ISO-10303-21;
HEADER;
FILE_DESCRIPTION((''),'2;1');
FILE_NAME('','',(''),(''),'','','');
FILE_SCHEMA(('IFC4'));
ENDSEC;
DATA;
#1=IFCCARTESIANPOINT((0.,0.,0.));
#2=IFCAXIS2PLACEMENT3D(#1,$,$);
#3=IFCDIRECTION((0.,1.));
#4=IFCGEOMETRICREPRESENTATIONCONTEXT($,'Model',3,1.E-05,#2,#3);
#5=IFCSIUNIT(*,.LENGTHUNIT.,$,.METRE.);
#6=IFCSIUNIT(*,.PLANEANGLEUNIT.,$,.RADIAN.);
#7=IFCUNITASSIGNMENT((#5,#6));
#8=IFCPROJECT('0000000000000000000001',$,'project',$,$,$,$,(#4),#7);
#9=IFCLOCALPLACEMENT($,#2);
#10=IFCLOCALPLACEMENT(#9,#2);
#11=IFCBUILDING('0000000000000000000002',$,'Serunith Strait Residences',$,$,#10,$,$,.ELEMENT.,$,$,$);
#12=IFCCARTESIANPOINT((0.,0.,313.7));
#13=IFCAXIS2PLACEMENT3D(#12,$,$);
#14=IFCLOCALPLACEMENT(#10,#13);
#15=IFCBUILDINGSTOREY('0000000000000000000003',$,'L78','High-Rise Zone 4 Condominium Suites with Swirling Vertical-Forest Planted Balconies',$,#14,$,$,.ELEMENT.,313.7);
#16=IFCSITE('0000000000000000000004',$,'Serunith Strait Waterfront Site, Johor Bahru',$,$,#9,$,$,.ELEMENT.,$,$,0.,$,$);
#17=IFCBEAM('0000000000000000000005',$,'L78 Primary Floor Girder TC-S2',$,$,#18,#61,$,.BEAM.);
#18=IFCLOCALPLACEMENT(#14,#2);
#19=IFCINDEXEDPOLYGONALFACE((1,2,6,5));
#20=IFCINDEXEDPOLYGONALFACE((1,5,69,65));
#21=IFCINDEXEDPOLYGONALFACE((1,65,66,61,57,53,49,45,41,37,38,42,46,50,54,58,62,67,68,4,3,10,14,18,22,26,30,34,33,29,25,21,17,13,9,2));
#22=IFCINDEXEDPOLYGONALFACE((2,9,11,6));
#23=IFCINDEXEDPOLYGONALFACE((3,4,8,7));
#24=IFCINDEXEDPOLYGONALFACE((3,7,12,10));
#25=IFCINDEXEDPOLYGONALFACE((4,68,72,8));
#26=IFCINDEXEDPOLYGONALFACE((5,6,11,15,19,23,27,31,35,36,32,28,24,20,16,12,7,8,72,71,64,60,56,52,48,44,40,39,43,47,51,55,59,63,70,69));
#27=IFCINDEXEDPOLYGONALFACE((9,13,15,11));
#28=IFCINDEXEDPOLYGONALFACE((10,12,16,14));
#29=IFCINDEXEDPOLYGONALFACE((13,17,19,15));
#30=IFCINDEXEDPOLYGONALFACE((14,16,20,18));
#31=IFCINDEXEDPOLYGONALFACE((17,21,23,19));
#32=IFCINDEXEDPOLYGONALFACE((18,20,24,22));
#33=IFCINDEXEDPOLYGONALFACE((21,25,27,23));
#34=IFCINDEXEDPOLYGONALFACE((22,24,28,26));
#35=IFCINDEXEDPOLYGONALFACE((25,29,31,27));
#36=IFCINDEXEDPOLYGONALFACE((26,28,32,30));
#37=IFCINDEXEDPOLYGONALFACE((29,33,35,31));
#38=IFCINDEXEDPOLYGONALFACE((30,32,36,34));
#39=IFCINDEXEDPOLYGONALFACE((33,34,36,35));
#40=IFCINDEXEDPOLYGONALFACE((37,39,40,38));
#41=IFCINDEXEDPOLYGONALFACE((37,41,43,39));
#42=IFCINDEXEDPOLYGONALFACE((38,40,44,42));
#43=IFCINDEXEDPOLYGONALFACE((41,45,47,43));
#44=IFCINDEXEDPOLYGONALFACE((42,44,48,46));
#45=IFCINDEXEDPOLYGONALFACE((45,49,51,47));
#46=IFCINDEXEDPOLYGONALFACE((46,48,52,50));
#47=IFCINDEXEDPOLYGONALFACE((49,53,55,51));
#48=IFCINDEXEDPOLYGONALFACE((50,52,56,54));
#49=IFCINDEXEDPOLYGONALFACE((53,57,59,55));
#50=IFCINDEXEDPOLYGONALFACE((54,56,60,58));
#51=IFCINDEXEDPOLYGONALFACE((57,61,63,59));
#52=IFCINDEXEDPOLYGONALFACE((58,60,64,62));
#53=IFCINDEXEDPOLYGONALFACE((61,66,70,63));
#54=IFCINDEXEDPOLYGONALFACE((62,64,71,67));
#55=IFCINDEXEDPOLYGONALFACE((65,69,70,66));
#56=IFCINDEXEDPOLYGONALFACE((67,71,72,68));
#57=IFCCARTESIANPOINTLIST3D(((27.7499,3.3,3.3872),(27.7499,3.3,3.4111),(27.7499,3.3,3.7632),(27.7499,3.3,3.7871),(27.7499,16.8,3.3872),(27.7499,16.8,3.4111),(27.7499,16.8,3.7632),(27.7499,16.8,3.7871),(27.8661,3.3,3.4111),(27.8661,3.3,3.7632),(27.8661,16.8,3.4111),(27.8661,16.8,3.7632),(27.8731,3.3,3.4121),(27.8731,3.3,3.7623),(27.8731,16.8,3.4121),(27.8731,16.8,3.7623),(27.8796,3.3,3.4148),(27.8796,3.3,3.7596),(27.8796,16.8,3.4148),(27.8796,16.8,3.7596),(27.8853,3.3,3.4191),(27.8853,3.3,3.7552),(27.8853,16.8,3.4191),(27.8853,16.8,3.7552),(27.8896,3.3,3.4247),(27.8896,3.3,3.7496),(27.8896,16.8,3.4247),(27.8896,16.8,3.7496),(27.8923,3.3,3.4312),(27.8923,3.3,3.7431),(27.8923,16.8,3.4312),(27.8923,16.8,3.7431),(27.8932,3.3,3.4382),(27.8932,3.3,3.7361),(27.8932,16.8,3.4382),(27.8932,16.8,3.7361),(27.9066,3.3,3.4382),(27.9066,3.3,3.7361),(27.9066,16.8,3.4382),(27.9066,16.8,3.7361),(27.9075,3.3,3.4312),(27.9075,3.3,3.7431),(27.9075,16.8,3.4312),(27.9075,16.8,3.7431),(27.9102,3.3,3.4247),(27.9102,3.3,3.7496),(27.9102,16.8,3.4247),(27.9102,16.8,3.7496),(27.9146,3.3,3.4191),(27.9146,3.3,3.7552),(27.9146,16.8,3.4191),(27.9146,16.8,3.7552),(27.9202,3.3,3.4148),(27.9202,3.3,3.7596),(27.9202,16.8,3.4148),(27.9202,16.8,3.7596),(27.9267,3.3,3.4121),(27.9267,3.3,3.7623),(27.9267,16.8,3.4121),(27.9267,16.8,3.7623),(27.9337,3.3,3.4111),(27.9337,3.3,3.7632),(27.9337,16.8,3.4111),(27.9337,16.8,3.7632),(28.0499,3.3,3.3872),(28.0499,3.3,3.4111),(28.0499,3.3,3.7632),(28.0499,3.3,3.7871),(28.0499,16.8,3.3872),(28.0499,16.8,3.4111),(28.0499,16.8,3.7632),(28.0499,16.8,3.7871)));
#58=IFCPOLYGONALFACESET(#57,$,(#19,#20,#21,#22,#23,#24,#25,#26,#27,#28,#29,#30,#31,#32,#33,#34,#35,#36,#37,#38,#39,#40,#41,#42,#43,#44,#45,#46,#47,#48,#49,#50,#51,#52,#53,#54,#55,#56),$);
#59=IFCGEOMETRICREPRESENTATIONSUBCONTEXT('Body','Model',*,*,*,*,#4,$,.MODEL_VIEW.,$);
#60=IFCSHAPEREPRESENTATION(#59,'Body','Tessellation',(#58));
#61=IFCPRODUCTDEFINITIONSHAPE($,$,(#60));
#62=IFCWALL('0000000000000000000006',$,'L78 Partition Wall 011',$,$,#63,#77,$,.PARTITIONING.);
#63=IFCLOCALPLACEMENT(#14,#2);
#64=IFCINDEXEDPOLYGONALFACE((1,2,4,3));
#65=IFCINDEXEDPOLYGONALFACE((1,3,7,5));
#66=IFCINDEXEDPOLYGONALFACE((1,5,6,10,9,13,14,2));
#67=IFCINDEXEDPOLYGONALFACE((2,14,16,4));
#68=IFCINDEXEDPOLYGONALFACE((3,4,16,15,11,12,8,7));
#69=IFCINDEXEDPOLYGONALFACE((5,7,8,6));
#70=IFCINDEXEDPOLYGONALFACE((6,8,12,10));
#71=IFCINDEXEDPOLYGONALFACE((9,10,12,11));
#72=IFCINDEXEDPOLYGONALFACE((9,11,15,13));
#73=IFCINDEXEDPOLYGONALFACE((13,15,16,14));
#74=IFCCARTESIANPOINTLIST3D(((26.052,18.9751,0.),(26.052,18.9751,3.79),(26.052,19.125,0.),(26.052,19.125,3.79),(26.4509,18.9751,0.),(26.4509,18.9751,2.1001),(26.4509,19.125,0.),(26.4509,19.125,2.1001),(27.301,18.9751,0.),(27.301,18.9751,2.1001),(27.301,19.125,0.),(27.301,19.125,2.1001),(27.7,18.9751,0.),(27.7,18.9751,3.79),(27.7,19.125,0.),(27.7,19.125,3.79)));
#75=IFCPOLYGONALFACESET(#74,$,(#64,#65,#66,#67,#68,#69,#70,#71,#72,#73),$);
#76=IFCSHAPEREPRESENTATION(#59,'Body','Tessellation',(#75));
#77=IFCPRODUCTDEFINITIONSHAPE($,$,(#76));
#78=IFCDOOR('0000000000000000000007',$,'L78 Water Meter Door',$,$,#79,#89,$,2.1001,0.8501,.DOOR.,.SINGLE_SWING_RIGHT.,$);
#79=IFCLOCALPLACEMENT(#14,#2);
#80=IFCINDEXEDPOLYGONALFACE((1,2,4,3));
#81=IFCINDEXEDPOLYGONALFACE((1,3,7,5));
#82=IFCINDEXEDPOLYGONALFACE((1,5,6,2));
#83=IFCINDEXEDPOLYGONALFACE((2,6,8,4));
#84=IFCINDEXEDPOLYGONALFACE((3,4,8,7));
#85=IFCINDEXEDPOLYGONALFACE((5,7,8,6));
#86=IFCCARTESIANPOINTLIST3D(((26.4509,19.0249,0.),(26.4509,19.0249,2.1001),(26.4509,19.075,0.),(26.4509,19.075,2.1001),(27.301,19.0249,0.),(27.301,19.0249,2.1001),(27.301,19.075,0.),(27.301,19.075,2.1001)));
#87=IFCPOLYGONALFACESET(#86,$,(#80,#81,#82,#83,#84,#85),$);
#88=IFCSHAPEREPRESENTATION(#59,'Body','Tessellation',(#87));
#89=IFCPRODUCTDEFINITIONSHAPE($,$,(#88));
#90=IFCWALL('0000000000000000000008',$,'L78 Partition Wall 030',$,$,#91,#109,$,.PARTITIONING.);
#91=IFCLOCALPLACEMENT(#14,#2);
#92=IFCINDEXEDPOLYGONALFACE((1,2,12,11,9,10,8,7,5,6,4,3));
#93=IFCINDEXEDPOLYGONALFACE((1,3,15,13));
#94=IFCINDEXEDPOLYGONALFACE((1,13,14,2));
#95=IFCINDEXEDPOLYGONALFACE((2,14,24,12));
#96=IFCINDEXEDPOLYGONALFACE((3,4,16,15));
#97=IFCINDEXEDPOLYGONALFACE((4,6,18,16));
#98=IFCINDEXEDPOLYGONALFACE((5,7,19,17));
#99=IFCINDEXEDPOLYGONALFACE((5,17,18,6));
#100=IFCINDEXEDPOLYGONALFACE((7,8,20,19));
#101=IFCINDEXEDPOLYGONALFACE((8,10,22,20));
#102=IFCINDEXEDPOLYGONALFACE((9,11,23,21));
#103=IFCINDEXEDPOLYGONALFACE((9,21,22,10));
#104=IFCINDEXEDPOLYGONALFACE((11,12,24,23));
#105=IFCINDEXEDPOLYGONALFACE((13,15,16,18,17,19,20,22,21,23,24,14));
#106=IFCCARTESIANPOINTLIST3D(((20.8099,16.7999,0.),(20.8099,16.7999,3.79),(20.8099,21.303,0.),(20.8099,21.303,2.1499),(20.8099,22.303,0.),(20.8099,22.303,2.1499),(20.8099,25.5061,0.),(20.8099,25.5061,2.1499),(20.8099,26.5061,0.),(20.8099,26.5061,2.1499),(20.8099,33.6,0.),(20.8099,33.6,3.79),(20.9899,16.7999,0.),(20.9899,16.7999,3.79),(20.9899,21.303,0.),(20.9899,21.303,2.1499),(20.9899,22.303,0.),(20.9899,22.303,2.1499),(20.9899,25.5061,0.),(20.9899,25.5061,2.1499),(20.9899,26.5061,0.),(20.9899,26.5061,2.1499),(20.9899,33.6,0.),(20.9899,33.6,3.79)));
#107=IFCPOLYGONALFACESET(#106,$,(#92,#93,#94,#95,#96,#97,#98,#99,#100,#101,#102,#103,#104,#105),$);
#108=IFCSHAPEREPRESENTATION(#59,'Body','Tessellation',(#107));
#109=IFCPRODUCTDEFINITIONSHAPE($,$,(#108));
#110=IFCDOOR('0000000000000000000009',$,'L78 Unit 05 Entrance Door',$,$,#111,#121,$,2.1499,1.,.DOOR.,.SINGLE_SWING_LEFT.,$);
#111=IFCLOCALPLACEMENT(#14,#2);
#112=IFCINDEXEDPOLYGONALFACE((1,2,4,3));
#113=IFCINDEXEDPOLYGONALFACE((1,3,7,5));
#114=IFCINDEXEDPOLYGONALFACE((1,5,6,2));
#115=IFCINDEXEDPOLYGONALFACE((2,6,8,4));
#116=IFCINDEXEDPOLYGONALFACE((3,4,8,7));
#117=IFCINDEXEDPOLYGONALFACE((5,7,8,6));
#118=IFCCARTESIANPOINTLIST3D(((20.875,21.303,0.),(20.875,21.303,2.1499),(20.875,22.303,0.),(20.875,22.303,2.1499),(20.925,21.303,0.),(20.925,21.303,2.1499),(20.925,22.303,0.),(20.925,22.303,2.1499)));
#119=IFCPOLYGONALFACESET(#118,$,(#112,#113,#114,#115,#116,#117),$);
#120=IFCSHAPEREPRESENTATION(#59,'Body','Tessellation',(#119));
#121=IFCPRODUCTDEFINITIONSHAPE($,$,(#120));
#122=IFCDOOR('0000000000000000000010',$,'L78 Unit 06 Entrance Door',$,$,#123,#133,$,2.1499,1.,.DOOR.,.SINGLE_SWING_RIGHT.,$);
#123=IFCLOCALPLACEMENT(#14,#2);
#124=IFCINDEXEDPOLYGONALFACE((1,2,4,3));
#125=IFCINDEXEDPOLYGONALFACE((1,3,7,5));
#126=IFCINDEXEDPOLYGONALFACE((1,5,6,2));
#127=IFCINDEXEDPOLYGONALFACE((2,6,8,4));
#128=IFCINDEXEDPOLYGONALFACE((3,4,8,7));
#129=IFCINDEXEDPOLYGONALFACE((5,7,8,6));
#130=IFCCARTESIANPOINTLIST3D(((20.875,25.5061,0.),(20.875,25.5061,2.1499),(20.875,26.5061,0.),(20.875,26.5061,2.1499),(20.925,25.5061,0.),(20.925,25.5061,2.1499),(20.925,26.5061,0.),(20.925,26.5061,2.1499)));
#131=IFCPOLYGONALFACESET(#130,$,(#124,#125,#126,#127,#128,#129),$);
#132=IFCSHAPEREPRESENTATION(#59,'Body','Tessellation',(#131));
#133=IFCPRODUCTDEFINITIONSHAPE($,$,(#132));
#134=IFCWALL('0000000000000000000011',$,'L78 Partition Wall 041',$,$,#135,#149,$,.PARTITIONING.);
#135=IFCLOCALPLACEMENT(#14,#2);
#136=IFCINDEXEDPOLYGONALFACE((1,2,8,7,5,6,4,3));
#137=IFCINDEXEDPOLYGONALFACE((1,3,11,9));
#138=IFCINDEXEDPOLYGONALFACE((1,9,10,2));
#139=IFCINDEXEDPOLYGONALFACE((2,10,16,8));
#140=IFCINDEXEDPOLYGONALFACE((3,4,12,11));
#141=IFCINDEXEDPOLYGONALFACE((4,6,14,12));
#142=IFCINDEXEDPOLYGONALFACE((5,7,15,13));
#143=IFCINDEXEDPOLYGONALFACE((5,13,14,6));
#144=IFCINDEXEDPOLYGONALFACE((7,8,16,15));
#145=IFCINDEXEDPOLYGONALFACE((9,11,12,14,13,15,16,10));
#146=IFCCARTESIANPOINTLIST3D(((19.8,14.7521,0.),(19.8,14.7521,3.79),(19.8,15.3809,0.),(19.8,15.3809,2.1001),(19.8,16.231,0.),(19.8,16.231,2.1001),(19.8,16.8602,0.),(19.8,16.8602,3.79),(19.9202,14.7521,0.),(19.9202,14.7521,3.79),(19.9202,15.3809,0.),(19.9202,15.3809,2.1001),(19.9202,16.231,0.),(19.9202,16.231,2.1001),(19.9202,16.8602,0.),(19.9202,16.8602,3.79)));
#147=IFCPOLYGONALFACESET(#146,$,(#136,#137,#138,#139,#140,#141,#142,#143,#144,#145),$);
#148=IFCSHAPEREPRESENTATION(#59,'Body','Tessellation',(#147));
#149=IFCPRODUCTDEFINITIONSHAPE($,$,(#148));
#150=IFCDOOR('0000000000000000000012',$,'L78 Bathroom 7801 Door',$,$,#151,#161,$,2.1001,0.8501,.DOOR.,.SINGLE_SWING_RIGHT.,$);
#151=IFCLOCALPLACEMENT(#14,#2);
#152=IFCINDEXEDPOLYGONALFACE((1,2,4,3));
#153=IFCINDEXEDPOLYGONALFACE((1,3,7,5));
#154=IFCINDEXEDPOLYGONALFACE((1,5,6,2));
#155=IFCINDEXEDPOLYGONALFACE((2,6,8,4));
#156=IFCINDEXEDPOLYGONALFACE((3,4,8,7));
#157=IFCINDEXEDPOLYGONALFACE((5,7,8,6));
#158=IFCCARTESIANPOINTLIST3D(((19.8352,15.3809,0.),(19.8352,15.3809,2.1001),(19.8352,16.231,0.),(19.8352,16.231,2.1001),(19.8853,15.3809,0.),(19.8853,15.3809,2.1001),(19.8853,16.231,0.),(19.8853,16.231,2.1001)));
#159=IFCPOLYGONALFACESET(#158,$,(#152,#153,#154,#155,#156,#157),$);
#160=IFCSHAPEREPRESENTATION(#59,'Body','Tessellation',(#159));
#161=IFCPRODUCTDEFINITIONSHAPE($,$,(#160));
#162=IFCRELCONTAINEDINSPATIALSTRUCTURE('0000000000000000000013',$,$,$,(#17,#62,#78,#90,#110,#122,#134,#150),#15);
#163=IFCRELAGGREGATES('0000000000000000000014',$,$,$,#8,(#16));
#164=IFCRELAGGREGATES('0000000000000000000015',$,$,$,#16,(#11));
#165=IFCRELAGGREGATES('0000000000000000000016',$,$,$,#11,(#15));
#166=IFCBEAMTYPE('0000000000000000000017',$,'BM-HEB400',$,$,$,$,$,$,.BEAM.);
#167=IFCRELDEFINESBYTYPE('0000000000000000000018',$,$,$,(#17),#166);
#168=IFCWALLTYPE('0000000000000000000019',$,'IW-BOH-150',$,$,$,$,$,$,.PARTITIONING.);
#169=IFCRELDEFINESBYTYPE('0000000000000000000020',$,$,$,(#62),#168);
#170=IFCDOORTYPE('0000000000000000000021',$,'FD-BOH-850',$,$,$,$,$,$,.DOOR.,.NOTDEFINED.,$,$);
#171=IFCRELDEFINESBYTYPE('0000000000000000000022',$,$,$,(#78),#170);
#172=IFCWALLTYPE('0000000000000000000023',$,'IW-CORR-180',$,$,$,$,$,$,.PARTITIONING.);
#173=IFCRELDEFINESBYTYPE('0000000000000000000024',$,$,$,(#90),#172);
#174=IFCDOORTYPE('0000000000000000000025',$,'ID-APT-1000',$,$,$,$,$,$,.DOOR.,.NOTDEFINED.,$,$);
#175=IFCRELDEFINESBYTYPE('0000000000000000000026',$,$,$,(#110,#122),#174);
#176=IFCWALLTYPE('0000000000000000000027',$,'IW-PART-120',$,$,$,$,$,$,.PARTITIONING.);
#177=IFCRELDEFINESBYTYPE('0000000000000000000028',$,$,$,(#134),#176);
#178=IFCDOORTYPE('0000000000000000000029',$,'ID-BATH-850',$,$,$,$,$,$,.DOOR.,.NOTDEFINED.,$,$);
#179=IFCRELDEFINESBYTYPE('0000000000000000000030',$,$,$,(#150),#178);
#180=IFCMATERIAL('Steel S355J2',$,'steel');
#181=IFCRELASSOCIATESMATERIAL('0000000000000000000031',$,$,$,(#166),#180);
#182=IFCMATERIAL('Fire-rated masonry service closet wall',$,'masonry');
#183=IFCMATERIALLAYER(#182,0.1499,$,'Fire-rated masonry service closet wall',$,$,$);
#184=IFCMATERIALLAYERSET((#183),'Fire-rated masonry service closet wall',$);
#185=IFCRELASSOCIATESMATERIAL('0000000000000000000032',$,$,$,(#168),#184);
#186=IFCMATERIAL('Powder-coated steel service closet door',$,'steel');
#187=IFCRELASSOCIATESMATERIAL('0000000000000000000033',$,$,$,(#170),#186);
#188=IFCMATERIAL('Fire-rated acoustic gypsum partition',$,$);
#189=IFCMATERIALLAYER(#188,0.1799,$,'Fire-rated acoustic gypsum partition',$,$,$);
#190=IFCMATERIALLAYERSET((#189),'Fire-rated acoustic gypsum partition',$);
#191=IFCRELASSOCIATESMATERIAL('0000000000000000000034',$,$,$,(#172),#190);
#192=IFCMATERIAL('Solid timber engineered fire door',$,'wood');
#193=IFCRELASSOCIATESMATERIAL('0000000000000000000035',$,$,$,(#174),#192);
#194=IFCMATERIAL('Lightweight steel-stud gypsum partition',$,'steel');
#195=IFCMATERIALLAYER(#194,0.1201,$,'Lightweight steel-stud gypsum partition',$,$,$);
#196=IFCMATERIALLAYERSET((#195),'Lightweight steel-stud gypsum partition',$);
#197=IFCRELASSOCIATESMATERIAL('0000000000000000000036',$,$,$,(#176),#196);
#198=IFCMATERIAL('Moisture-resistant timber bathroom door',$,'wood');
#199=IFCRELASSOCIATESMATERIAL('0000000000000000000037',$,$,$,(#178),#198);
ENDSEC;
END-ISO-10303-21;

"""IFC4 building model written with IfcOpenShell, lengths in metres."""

from ifc_helpers import new_model, si_unit, direction, frame, frame_2d, origin, origin_2d, place, context, subcontext, project, spatial, rectangle, i_section, extrude, source, transform, mapped, material, layer, layer_set, material_profile, profile_set, type_object, element, fill, save


model = new_model("IFC4")

# Units and contexts
model_context = context("Model", 3, precision=1e-05, world=origin(), true_north=direction((0.0, 1.0)))
body_context = subcontext(model_context, "Body", "Model", "MODEL_VIEW")
ifc_project = project(units=[si_unit("LENGTHUNIT", "METRE"), si_unit("PLANEANGLEUNIT", "RADIAN")], contexts=[model_context])

# Site, building, storey
site_placement = place(None, origin())
site = spatial("IfcSite", under=ifc_project, at=site_placement, Name="Serunith Strait Waterfront Site, Johor Bahru", CompositionType="ELEMENT", RefElevation=0.0)
building_placement = place(site_placement, origin())
building = spatial("IfcBuilding", under=site, at=building_placement, Name="Serunith Strait Residences", CompositionType="ELEMENT")
storey_placement = place(building_placement, frame((0.0, 0.0, 313.7)))
storey = spatial("IfcBuildingStorey", under=building, at=storey_placement, Name="L78", Description="High-Rise Zone 4 Condominium Suites with Swirling Vertical-Forest Planted Balconies", CompositionType="ELEMENT", Elevation=313.7)

# Beam
ifc_material_1 = material(Name="Steel S355J2", Category="steel")
ifc_material_profile = material_profile(ifc_material_1, i_section(OverallWidth=0.3, OverallDepth=0.3999, WebThickness=0.0134, FlangeThickness=0.0239, FilletRadius=0.0271, at=origin_2d()), Name="HEB 400")
ifc_profile_set = profile_set([ifc_material_profile], Name="Steel S355J2")
beam_type = type_object("IfcBeamType", Name="BM-HEB400", PredefinedType="BEAM", material=ifc_profile_set)
shared_shape_1 = source(origin(), body_context, "Body", "SweptSolid", [
    extrude(i_section(OverallWidth=0.3, OverallDepth=0.3999, WebThickness=0.0134, FlangeThickness=0.0239, FilletRadius=0.0271, at=origin_2d()), origin(), (0.0, 0.0, 1.0), 13.5),
])
beam_placement = place(storey_placement, frame((27.8999, 16.8, 3.5872), z_axis=(0.0, -1.0, 0.0), x_axis=(1.0, 0.0, 0.0)))
element("IfcBeam", 1, at=beam_placement, inside=storey, type_object=beam_type, Name="L78 Primary Floor Girder TC-S2", PredefinedType="BEAM", context=body_context, shape_type="MappedRepresentation", body=[
    mapped(shared_shape_1, transform((0.0, 0.0, 0.0), scale=1.0)),
])

# Wall, opening, door
ifc_material_2 = material(Name="Fire-rated masonry service closet wall", Category="masonry")
ifc_layer_1 = layer(ifc_material_2, 0.1499, Name="Fire-rated masonry service closet wall")
ifc_layer_set_1 = layer_set([ifc_layer_1], Name="Fire-rated masonry service closet wall")
wall_type_1 = type_object("IfcWallType", Name="IW-BOH-150", PredefinedType="PARTITIONING", material=ifc_layer_set_1)
wall_1_placement = place(storey_placement, frame((26.052, 19.05, 0.0), z_axis=(0.0, 0.0, 1.0), x_axis=(1.0, 0.0, 0.0)))
wall_1 = element("IfcWall", 2, at=wall_1_placement, inside=storey, type_object=wall_type_1, Name="L78 Partition Wall 011", PredefinedType="PARTITIONING", context=body_context, shape_type="SweptSolid", body=[
    extrude(rectangle(XDim=1.6479, YDim=0.1499, at=frame_2d((0.824, 0.0))), origin(), (0.0, 0.0, 1.0), 3.79),
])
opening_1_placement = place(wall_1_placement, frame((0.3989, 0.0, 0.0)))
opening_1 = element("IfcOpeningElement", 3, at=opening_1_placement, cuts=wall_1, PredefinedType="OPENING", context=body_context, shape_type="SweptSolid", body=[
    extrude(rectangle(XDim=0.8501, YDim=2.1001, at=frame_2d((0.425, 1.05))), frame((0.0, 0.085, 0.0), z_axis=(0.0, -1.0, 0.0), x_axis=(1.0, 0.0, 0.0)), (0.0, 0.0, 1.0), 0.1699),
])
ifc_material_3 = material(Name="Powder-coated steel service closet door", Category="steel")
door_type_1 = type_object("IfcDoorType", Name="FD-BOH-850", OperationType="NOTDEFINED", PredefinedType="DOOR", material=ifc_material_3)
shared_shape_2 = source(origin(), body_context, "Body", "SweptSolid", [
    extrude(rectangle(XDim=0.8501, YDim=2.1001, at=frame_2d((0.425, 1.05))), frame((0.0, 0.0249, 0.0), z_axis=(0.0, -1.0, 0.0), x_axis=(1.0, 0.0, 0.0)), (0.0, 0.0, 1.0), 0.05),
])
door_1_placement = place(opening_1_placement, origin())
door_1 = element("IfcDoor", 4, at=door_1_placement, inside=storey, type_object=door_type_1, Name="L78 Water Meter Door", OperationType="SINGLE_SWING_RIGHT", OverallHeight=2.1001, OverallWidth=0.8501, PredefinedType="DOOR", context=body_context, shape_type="MappedRepresentation", body=[
    mapped(shared_shape_2, transform((0.0, 0.0, 0.0), scale=1.0)),
])
fill(opening_1, door_1)
ifc_material_4 = material(Name="Fire-rated acoustic gypsum partition")
ifc_layer_2 = layer(ifc_material_4, 0.1799, Name="Fire-rated acoustic gypsum partition")
ifc_layer_set_2 = layer_set([ifc_layer_2], Name="Fire-rated acoustic gypsum partition")
wall_type_2 = type_object("IfcWallType", Name="IW-CORR-180", PredefinedType="PARTITIONING", material=ifc_layer_set_2)
ifc_material_5 = material(Name="Solid timber engineered fire door", Category="wood")
door_type_2 = type_object("IfcDoorType", Name="ID-APT-1000", OperationType="NOTDEFINED", PredefinedType="DOOR", material=ifc_material_5)
shared_shape_3 = source(origin(), body_context, "Body", "SweptSolid", [
    extrude(rectangle(XDim=1.0, YDim=2.1499, at=frame_2d((0.5, 1.075))), frame((0.0, 0.0249, 0.0), z_axis=(0.0, -1.0, 0.0), x_axis=(1.0, 0.0, 0.0)), (0.0, 0.0, 1.0), 0.05),
])

# Wall, openings, doors
wall_2_placement = place(storey_placement, frame((20.8999, 16.8, 0.0), z_axis=(0.0, 0.0, 1.0), x_axis=(0.0, 1.0, 0.0)))
wall_2 = element("IfcWall", 5, at=wall_2_placement, inside=storey, type_object=wall_type_2, Name="L78 Partition Wall 030", PredefinedType="PARTITIONING", context=body_context, shape_type="SweptSolid", body=[
    extrude(rectangle(XDim=16.8, YDim=0.1799, at=frame_2d((8.3999, 0.0))), origin(), (0.0, 0.0, 1.0), 3.79),
])
opening_2_placement = place(wall_2_placement, frame((4.5029, 0.0, 0.0)))
opening_2 = element("IfcOpeningElement", 6, at=opening_2_placement, cuts=wall_2, PredefinedType="OPENING", context=body_context, shape_type="SweptSolid", body=[
    extrude(rectangle(XDim=1.0, YDim=2.1499, at=frame_2d((0.5, 1.075))), frame((0.0, 0.1001, 0.0), z_axis=(0.0, -1.0, 0.0), x_axis=(1.0, 0.0, 0.0)), (0.0, 0.0, 1.0), 0.2),
])
opening_3_placement = place(wall_2_placement, frame((8.7061, 0.0, 0.0)))
opening_3 = element("IfcOpeningElement", 7, at=opening_3_placement, cuts=wall_2, PredefinedType="OPENING", context=body_context, shape_type="SweptSolid", body=[
    extrude(rectangle(XDim=1.0, YDim=2.1499, at=frame_2d((0.5, 1.075))), frame((0.0, 0.1001, 0.0), z_axis=(0.0, -1.0, 0.0), x_axis=(1.0, 0.0, 0.0)), (0.0, 0.0, 1.0), 0.2),
])
door_2_placement = place(opening_2_placement, origin())
door_2 = element("IfcDoor", 8, at=door_2_placement, inside=storey, type_object=door_type_2, Name="L78 Unit 05 Entrance Door", OperationType="SINGLE_SWING_LEFT", OverallHeight=2.1499, OverallWidth=1.0, PredefinedType="DOOR", context=body_context, shape_type="MappedRepresentation", body=[
    mapped(shared_shape_3, transform((0.0, 0.0, 0.0), scale=1.0)),
])
fill(opening_2, door_2)
door_3_placement = place(opening_3_placement, origin())
door_3 = element("IfcDoor", 9, at=door_3_placement, inside=storey, type_object=door_type_2, Name="L78 Unit 06 Entrance Door", OperationType="SINGLE_SWING_RIGHT", OverallHeight=2.1499, OverallWidth=1.0, PredefinedType="DOOR", context=body_context, shape_type="MappedRepresentation", body=[
    mapped(shared_shape_3, transform((0.0, 0.0, 0.0), scale=1.0)),
])
fill(opening_3, door_3)

# Wall, opening, door
ifc_material_6 = material(Name="Lightweight steel-stud gypsum partition", Category="steel")
ifc_layer_3 = layer(ifc_material_6, 0.1201, Name="Lightweight steel-stud gypsum partition")
ifc_layer_set_3 = layer_set([ifc_layer_3], Name="Lightweight steel-stud gypsum partition")
wall_type_3 = type_object("IfcWallType", Name="IW-PART-120", PredefinedType="PARTITIONING", material=ifc_layer_set_3)
wall_3_placement = place(storey_placement, frame((19.8601, 14.752, 0.0), z_axis=(0.0, 0.0, 1.0), x_axis=(0.0, 1.0, 0.0)))
wall_3 = element("IfcWall", 10, at=wall_3_placement, inside=storey, type_object=wall_type_3, Name="L78 Partition Wall 041", PredefinedType="PARTITIONING", context=body_context, shape_type="SweptSolid", body=[
    extrude(rectangle(XDim=2.1082, YDim=0.1201, at=frame_2d((1.0542, 0.0))), origin(), (0.0, 0.0, 1.0), 3.79),
])
opening_4_placement = place(wall_3_placement, frame((0.6289, 0.0, 0.0)))
opening_4 = element("IfcOpeningElement", 11, at=opening_4_placement, cuts=wall_3, PredefinedType="OPENING", context=body_context, shape_type="SweptSolid", body=[
    extrude(rectangle(XDim=0.8501, YDim=2.1001, at=frame_2d((0.425, 1.05))), frame((0.0, 0.0701, 0.0), z_axis=(0.0, -1.0, 0.0), x_axis=(1.0, 0.0, 0.0)), (0.0, 0.0, 1.0), 0.1401),
])
ifc_material_7 = material(Name="Moisture-resistant timber bathroom door", Category="wood")
door_type_3 = type_object("IfcDoorType", Name="ID-BATH-850", OperationType="NOTDEFINED", PredefinedType="DOOR", material=ifc_material_7)
door_4_placement = place(opening_4_placement, origin())
door_4 = element("IfcDoor", 12, at=door_4_placement, inside=storey, type_object=door_type_3, Name="L78 Bathroom 7801 Door", OperationType="SINGLE_SWING_RIGHT", OverallHeight=2.1001, OverallWidth=0.8501, PredefinedType="DOOR", context=body_context, shape_type="MappedRepresentation", body=[
    mapped(shared_shape_2, transform((0.0, 0.0, 0.0), scale=1.0)),
])
fill(opening_4, door_4)

save(model, "model.ifc")
